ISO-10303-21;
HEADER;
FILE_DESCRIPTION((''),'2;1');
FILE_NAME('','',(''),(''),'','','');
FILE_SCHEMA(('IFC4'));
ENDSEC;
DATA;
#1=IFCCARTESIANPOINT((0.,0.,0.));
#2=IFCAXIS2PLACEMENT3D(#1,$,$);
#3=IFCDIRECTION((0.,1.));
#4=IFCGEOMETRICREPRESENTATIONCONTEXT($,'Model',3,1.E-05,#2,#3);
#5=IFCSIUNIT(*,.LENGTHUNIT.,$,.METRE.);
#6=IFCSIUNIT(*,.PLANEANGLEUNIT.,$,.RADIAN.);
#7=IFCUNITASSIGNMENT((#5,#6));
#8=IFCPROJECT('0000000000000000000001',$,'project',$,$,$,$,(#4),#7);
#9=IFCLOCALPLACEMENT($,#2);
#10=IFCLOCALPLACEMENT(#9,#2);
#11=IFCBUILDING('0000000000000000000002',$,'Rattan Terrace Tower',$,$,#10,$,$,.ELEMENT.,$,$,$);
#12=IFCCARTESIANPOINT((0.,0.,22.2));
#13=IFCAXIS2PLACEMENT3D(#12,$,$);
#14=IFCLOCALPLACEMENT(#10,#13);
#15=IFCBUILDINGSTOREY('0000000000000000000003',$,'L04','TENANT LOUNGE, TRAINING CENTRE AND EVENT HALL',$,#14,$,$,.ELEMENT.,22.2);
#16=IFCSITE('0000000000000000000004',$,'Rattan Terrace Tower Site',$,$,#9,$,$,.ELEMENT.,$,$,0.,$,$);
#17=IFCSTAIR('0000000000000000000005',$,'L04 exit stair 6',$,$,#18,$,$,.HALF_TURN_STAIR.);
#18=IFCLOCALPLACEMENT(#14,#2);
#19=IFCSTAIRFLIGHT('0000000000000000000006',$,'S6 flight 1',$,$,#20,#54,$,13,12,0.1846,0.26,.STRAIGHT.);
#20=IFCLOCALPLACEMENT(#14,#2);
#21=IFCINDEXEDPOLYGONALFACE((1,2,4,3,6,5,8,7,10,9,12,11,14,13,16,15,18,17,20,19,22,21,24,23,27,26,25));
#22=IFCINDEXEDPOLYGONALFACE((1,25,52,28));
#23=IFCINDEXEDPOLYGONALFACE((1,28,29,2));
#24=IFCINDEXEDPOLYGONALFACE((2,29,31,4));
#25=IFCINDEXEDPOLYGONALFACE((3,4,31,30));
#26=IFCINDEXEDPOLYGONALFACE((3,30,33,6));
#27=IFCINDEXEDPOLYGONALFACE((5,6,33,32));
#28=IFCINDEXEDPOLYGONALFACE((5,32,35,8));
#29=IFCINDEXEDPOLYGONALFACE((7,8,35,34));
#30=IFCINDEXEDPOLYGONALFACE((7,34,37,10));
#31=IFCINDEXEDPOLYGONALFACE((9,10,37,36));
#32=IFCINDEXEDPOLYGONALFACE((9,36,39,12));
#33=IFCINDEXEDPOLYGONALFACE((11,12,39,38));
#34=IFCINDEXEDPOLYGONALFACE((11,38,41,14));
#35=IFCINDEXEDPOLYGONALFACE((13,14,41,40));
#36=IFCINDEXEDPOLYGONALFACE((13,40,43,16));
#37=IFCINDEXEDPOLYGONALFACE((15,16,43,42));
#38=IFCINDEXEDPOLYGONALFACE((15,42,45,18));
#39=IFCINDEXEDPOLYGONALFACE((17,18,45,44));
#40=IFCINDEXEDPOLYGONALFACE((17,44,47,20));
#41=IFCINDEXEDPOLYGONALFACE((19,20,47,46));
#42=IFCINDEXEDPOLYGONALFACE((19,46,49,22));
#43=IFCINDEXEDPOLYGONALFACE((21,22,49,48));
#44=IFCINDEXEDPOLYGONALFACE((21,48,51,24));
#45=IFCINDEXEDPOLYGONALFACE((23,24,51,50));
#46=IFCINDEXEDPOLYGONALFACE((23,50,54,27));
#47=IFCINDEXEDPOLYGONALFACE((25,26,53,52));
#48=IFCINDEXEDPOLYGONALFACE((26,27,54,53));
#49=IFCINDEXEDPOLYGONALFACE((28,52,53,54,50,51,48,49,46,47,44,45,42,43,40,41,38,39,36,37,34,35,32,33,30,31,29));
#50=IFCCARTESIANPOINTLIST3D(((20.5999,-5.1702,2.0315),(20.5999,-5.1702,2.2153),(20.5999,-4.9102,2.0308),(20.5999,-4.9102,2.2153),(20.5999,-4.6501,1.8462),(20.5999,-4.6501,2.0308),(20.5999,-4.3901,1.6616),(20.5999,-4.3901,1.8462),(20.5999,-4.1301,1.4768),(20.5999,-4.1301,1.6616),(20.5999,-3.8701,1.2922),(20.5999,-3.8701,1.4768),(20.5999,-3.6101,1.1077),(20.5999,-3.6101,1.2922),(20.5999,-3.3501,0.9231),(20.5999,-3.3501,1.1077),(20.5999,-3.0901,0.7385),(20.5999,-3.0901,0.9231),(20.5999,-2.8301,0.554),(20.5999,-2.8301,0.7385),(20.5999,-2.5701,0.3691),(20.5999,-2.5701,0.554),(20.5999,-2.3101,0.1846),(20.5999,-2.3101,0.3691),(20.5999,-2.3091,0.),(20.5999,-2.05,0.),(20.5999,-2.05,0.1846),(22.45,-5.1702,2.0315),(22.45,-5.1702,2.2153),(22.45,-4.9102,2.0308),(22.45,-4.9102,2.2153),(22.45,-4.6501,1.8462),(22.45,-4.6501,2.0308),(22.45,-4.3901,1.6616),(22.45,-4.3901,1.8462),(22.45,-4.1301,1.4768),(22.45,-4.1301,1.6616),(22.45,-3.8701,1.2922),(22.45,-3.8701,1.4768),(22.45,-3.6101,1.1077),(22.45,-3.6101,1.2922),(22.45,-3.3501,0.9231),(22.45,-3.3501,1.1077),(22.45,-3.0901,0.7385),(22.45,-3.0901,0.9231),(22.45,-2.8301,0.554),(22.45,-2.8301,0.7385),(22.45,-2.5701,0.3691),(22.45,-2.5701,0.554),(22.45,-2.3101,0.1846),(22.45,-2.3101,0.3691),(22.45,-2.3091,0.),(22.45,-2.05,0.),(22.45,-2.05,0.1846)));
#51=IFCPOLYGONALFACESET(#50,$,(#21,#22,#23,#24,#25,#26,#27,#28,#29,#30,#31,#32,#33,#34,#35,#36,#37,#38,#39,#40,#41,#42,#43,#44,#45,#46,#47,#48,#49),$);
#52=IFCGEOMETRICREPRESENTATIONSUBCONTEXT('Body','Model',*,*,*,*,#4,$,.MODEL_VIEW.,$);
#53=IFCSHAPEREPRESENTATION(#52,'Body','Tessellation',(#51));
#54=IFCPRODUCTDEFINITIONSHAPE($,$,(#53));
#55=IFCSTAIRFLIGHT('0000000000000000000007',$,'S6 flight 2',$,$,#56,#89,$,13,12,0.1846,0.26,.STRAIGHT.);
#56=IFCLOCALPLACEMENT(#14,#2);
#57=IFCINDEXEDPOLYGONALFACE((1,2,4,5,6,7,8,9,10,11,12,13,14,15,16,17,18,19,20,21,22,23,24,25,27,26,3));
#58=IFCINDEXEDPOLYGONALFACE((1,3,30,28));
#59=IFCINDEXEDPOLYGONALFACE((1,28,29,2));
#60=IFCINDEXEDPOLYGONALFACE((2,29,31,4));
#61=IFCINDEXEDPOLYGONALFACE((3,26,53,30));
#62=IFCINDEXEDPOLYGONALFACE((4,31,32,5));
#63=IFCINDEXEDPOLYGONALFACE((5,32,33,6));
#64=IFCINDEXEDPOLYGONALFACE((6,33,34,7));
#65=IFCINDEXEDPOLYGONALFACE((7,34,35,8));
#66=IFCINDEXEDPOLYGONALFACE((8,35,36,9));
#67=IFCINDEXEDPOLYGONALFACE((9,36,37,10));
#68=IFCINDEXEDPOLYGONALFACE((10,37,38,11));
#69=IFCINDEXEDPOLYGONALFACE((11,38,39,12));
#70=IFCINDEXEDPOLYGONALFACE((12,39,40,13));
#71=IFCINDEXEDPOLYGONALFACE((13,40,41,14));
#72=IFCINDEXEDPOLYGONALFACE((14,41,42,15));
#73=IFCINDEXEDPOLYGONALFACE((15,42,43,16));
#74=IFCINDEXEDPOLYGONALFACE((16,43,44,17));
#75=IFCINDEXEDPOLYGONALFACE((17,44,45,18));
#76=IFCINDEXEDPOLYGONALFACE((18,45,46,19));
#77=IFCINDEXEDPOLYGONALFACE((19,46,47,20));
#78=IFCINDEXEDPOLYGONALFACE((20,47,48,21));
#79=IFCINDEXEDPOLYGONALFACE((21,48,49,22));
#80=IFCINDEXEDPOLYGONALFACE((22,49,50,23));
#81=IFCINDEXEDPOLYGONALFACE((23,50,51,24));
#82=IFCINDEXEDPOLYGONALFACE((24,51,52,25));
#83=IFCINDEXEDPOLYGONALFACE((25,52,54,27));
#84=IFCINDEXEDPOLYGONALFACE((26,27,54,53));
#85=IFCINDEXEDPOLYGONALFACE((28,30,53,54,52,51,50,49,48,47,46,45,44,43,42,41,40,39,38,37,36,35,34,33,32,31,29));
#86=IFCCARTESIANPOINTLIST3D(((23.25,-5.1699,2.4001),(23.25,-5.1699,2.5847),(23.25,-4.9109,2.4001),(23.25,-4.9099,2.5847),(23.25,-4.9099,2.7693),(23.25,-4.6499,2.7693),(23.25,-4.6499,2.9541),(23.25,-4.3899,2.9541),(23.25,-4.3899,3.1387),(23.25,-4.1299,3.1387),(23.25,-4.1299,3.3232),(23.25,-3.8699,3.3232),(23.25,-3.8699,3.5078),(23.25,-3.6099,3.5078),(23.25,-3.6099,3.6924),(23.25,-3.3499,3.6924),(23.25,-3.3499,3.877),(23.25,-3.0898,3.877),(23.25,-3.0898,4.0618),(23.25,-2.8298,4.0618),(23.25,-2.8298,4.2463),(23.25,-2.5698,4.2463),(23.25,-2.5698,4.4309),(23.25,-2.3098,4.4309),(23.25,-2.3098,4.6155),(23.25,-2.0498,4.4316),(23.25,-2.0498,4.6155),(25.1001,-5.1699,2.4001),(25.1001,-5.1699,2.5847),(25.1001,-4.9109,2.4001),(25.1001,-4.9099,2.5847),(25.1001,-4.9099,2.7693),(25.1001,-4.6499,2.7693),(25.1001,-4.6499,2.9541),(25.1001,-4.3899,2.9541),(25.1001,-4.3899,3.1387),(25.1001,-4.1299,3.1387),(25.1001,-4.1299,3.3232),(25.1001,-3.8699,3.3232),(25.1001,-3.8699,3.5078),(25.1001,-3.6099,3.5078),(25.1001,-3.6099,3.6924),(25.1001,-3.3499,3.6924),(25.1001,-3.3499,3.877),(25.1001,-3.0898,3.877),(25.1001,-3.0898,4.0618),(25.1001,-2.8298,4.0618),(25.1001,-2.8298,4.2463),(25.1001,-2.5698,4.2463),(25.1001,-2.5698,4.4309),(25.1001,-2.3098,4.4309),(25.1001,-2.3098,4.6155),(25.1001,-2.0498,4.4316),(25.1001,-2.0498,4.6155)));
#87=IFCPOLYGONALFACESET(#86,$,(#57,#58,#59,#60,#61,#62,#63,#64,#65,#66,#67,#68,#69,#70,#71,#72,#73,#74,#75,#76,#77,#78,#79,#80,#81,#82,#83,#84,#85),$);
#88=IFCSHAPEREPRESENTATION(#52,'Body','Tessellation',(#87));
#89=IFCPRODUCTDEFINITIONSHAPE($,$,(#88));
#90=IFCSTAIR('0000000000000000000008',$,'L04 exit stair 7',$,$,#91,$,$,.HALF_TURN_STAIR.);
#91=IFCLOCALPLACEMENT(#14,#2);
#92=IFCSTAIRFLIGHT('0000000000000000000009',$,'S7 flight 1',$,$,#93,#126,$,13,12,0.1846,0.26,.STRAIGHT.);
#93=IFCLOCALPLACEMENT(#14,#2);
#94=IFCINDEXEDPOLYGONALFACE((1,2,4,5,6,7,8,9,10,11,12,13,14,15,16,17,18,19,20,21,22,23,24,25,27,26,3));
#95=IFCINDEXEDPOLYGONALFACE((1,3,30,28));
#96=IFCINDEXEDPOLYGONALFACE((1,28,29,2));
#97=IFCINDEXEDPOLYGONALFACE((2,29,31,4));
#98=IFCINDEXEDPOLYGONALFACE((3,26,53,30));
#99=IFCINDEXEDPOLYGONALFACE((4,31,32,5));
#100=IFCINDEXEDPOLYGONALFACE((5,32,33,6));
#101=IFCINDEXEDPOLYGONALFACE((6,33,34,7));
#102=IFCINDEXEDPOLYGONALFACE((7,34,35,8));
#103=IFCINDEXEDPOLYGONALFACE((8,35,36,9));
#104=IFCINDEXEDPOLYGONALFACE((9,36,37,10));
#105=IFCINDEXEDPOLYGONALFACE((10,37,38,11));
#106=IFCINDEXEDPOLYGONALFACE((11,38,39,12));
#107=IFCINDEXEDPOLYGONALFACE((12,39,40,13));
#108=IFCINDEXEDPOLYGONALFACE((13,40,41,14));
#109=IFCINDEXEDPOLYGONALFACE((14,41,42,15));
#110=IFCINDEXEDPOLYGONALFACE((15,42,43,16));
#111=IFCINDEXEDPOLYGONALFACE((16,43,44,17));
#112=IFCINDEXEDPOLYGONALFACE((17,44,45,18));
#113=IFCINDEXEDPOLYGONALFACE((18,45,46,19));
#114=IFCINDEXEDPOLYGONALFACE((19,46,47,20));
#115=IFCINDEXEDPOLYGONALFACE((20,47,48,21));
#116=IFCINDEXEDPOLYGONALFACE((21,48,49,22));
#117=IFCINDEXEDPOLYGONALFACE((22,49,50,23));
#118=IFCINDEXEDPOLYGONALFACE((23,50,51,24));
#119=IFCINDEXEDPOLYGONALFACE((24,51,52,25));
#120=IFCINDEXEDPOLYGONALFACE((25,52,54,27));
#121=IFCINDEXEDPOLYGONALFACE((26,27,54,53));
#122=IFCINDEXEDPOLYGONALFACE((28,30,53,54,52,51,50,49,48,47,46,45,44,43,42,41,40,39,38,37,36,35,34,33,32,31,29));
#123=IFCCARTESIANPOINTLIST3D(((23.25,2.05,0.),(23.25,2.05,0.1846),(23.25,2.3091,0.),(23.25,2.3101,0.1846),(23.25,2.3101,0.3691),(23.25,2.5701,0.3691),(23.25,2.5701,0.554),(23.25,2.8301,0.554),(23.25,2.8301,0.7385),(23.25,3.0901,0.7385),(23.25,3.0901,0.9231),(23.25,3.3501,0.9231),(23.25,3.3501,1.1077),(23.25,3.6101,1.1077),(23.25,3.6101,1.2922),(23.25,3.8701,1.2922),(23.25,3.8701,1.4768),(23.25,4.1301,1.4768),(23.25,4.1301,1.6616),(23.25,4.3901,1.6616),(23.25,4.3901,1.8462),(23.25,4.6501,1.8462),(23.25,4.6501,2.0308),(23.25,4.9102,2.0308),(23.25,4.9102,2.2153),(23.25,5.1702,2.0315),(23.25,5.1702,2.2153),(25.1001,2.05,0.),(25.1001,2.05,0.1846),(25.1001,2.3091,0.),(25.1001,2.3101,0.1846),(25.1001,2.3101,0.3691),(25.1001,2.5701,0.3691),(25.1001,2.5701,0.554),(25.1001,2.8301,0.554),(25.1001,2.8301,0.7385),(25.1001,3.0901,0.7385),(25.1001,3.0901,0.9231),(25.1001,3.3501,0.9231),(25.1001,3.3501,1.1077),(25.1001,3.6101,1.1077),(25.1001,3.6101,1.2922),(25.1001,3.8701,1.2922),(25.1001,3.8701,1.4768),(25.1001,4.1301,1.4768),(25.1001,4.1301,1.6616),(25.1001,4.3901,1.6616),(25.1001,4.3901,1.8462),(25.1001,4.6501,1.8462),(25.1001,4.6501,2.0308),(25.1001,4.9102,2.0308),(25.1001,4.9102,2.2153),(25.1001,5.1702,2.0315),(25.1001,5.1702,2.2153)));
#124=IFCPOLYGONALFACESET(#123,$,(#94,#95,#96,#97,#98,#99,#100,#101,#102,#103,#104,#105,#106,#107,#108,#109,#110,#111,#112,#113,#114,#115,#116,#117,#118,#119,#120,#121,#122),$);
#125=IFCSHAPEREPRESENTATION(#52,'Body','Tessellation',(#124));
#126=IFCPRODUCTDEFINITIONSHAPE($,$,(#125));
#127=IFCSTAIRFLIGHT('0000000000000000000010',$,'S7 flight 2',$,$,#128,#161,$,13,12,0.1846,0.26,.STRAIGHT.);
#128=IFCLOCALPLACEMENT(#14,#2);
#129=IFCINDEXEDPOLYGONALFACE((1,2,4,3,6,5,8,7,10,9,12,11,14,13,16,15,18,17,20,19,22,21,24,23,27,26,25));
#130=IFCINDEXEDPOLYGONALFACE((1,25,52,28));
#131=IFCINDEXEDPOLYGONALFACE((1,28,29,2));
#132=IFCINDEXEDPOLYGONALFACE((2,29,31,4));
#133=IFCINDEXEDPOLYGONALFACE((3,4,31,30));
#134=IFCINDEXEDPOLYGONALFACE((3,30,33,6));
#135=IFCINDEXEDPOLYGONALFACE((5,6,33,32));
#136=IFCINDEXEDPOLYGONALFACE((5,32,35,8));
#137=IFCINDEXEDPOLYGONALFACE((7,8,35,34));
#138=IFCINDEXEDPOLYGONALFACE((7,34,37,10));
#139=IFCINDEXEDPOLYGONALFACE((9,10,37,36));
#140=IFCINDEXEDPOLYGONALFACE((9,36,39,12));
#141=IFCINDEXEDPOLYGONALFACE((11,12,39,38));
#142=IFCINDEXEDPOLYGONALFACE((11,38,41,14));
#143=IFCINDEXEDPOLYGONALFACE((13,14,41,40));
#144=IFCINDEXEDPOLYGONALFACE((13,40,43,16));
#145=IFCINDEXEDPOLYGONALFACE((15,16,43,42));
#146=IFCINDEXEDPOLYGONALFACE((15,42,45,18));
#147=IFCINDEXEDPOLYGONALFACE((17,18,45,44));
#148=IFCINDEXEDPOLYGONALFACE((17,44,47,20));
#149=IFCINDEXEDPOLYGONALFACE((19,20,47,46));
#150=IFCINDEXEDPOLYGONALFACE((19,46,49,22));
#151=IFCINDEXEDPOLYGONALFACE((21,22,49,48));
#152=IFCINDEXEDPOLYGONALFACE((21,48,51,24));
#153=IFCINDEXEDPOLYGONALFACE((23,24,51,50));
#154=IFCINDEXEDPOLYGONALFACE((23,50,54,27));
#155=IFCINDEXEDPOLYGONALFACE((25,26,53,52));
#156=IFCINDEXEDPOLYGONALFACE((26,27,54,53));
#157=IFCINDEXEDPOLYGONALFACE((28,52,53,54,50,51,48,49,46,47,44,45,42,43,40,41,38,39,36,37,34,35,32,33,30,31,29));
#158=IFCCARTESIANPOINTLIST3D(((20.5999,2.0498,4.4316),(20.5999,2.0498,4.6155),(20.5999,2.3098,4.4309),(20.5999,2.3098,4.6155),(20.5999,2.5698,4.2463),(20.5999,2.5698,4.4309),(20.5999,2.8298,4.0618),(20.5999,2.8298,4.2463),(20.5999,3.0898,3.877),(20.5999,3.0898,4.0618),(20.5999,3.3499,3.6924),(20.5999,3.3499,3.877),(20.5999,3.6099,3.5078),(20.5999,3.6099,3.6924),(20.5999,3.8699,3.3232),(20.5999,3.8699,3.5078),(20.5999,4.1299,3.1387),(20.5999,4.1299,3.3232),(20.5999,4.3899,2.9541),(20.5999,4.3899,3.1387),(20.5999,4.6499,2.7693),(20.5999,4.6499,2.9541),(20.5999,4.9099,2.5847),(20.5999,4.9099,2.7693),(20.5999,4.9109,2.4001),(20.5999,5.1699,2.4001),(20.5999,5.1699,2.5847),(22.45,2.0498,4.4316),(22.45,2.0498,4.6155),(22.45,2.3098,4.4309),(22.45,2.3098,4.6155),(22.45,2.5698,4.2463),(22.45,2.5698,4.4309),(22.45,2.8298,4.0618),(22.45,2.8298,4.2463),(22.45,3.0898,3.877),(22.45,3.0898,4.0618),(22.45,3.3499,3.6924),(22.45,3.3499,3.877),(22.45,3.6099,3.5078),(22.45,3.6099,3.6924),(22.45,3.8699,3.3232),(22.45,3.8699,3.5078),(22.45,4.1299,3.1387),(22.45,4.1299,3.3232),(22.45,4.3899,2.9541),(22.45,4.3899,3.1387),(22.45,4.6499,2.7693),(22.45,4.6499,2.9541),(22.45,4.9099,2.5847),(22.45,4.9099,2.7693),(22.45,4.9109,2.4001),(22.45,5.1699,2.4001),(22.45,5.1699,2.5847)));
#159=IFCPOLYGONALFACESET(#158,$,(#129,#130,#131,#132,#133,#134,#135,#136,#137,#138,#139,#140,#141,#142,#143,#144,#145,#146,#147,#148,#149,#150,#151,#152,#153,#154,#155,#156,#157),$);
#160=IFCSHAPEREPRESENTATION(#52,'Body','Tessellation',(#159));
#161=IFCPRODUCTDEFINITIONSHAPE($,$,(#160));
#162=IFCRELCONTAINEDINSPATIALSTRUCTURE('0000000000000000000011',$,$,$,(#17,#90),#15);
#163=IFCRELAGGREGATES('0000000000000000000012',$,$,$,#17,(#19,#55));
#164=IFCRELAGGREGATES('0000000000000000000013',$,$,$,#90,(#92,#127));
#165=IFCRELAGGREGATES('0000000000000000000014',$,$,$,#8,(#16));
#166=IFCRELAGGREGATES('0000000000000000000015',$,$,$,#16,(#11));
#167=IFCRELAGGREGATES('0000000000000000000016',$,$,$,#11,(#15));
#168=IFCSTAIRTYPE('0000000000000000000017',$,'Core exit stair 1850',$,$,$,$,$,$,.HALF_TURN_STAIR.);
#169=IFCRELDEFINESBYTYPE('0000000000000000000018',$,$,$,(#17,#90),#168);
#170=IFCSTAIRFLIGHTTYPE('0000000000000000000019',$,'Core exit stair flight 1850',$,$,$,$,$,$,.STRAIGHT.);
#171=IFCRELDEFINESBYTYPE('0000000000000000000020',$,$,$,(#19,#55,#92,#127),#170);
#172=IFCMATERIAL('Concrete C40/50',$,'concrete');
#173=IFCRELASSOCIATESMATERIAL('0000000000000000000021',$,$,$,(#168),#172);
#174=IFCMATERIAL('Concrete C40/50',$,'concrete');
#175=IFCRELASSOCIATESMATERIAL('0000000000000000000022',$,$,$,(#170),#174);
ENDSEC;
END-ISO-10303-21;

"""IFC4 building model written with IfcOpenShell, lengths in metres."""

from ifc_helpers import new_model, si_unit, direction, frame, origin, place, context, subcontext, project, spatial, polyline, outline, extrude, material, type_object, element, aggregate, save


model = new_model("IFC4")

# Units and contexts
model_context = context("Model", 3, precision=1e-05, world=origin(), true_north=direction((0.0, 1.0)))
body_context = subcontext(model_context, "Body", "Model", "MODEL_VIEW")
ifc_project = project(units=[si_unit("LENGTHUNIT", "METRE"), si_unit("PLANEANGLEUNIT", "RADIAN")], contexts=[model_context])

# Site, building, storey
site_placement = place(None, origin())
site = spatial("IfcSite", under=ifc_project, at=site_placement, Name="Rattan Terrace Tower Site", CompositionType="ELEMENT", RefElevation=0.0)
building_placement = place(site_placement, origin())
building = spatial("IfcBuilding", under=site, at=building_placement, Name="Rattan Terrace Tower", CompositionType="ELEMENT")
storey_placement = place(building_placement, frame((0.0, 0.0, 22.2)))
storey = spatial("IfcBuildingStorey", under=building, at=storey_placement, Name="L04", Description="TENANT LOUNGE, TRAINING CENTRE AND EVENT HALL", CompositionType="ELEMENT", Elevation=22.2)

# Stairs, stair flights
ifc_material_1 = material(Name="Concrete C40/50", Category="concrete")
stair_type_1 = type_object("IfcStairType", Name="Core exit stair 1850", PredefinedType="HALF_TURN_STAIR", material=ifc_material_1)
stair_1_placement = place(storey_placement, origin())
stair_1 = element("IfcStair", 1, at=stair_1_placement, inside=storey, type_object=stair_type_1, Name="L04 exit stair 6", PredefinedType="HALF_TURN_STAIR")
ifc_material_2 = material(Name="Concrete C40/50", Category="concrete")
stair_flight_type_1 = type_object("IfcStairFlightType", Name="Core exit stair flight 1850", PredefinedType="STRAIGHT", material=ifc_material_2)
stair_flight_1_placement = place(storey_placement, frame((21.5249, -2.05, 0.0), z_axis=(0.0, 0.0, 1.0), x_axis=(0.0, -1.0, 0.0)))
stair_flight_1 = element("IfcStairFlight", 2, at=stair_flight_1_placement, type_object=stair_flight_type_1, Name="S6 flight 1", NumberOfRisers=13, NumberOfTreads=12, PredefinedType="STRAIGHT", RiserHeight=0.1846, TreadLength=0.26, context=body_context, shape_type="SweptSolid", body=[
    extrude(outline(polyline([(0.0, 0.0), (0.0, 0.1846), (0.26, 0.1846), (0.26, 0.3691), (0.52, 0.3691), (0.52, 0.554), (0.78, 0.554), (0.78, 0.7385), (1.04, 0.7385), (1.04, 0.9231), (1.3, 0.9231), (1.3, 1.1077), (1.5601, 1.1077), (1.5601, 1.2922), (1.8201, 1.2922), (1.8201, 1.4768), (2.0801, 1.4768), (2.0801, 1.6616), (2.3401, 1.6616), (2.3401, 1.8462), (2.6001, 1.8462), (2.6001, 2.0308), (2.8601, 2.0308), (2.8601, 2.2153), (3.1201, 2.2153), (3.1201, 2.3999), (3.1201, 2.0315), (0.259, 0.0), (0.0, 0.0)])), frame((0.0, 0.925, 0.0), z_axis=(0.0, -1.0, 0.0), x_axis=(1.0, 0.0, 0.0)), (0.0, 0.0, 1.0), 1.8501),
])
stair_flight_2_placement = place(storey_placement, frame((24.175, -5.1699, 2.4001), z_axis=(0.0, 0.0, 1.0), x_axis=(0.0, 1.0, 0.0)))
stair_flight_2 = element("IfcStairFlight", 3, at=stair_flight_2_placement, type_object=stair_flight_type_1, Name="S6 flight 2", NumberOfRisers=13, NumberOfTreads=12, PredefinedType="STRAIGHT", RiserHeight=0.1846, TreadLength=0.26, context=body_context, shape_type="SweptSolid", body=[
    extrude(outline(polyline([(0.0, 0.0), (0.0, 0.1846), (0.26, 0.1846), (0.26, 0.3691), (0.52, 0.3691), (0.52, 0.554), (0.78, 0.554), (0.78, 0.7385), (1.04, 0.7385), (1.04, 0.9231), (1.3, 0.9231), (1.3, 1.1077), (1.5601, 1.1077), (1.5601, 1.2922), (1.8201, 1.2922), (1.8201, 1.4768), (2.0801, 1.4768), (2.0801, 1.6616), (2.3401, 1.6616), (2.3401, 1.8462), (2.6001, 1.8462), (2.6001, 2.0308), (2.8601, 2.0308), (2.8601, 2.2153), (3.1201, 2.2153), (3.1201, 2.3999), (3.1201, 2.0315), (0.259, 0.0), (0.0, 0.0)])), frame((0.0, 0.925, 0.0), z_axis=(0.0, -1.0, 0.0), x_axis=(1.0, 0.0, 0.0)), (0.0, 0.0, 1.0), 1.8501),
])
aggregate(stair_1, [stair_flight_1, stair_flight_2])
stair_2_placement = place(storey_placement, origin())
stair_2 = element("IfcStair", 4, at=stair_2_placement, inside=storey, type_object=stair_type_1, Name="L04 exit stair 7", PredefinedType="HALF_TURN_STAIR")
stair_flight_3_placement = place(storey_placement, frame((24.175, 2.05, 0.0), z_axis=(0.0, 0.0, 1.0), x_axis=(0.0, 1.0, 0.0)))
stair_flight_3 = element("IfcStairFlight", 5, at=stair_flight_3_placement, type_object=stair_flight_type_1, Name="S7 flight 1", NumberOfRisers=13, NumberOfTreads=12, PredefinedType="STRAIGHT", RiserHeight=0.1846, TreadLength=0.26, context=body_context, shape_type="SweptSolid", body=[
    extrude(outline(polyline([(0.0, 0.0), (0.0, 0.1846), (0.26, 0.1846), (0.26, 0.3691), (0.52, 0.3691), (0.52, 0.554), (0.78, 0.554), (0.78, 0.7385), (1.04, 0.7385), (1.04, 0.9231), (1.3, 0.9231), (1.3, 1.1077), (1.5601, 1.1077), (1.5601, 1.2922), (1.8201, 1.2922), (1.8201, 1.4768), (2.0801, 1.4768), (2.0801, 1.6616), (2.3401, 1.6616), (2.3401, 1.8462), (2.6001, 1.8462), (2.6001, 2.0308), (2.8601, 2.0308), (2.8601, 2.2153), (3.1201, 2.2153), (3.1201, 2.3999), (3.1201, 2.0315), (0.259, 0.0), (0.0, 0.0)])), frame((0.0, 0.925, 0.0), z_axis=(0.0, -1.0, 0.0), x_axis=(1.0, 0.0, 0.0)), (0.0, 0.0, 1.0), 1.8501),
])
stair_flight_4_placement = place(storey_placement, frame((21.5249, 5.1699, 2.4001), z_axis=(0.0, 0.0, 1.0), x_axis=(0.0, -1.0, 0.0)))
stair_flight_4 = element("IfcStairFlight", 6, at=stair_flight_4_placement, type_object=stair_flight_type_1, Name="S7 flight 2", NumberOfRisers=13, NumberOfTreads=12, PredefinedType="STRAIGHT", RiserHeight=0.1846, TreadLength=0.26, context=body_context, shape_type="SweptSolid", body=[
    extrude(outline(polyline([(0.0, 0.0), (0.0, 0.1846), (0.26, 0.1846), (0.26, 0.3691), (0.52, 0.3691), (0.52, 0.554), (0.78, 0.554), (0.78, 0.7385), (1.04, 0.7385), (1.04, 0.9231), (1.3, 0.9231), (1.3, 1.1077), (1.5601, 1.1077), (1.5601, 1.2922), (1.8201, 1.2922), (1.8201, 1.4768), (2.0801, 1.4768), (2.0801, 1.6616), (2.3401, 1.6616), (2.3401, 1.8462), (2.6001, 1.8462), (2.6001, 2.0308), (2.8601, 2.0308), (2.8601, 2.2153), (3.1201, 2.2153), (3.1201, 2.3999), (3.1201, 2.0315), (0.259, 0.0), (0.0, 0.0)])), frame((0.0, 0.925, 0.0), z_axis=(0.0, -1.0, 0.0), x_axis=(1.0, 0.0, 0.0)), (0.0, 0.0, 1.0), 1.8501),
])
aggregate(stair_2, [stair_flight_3, stair_flight_4])

save(model, "model.ifc")
